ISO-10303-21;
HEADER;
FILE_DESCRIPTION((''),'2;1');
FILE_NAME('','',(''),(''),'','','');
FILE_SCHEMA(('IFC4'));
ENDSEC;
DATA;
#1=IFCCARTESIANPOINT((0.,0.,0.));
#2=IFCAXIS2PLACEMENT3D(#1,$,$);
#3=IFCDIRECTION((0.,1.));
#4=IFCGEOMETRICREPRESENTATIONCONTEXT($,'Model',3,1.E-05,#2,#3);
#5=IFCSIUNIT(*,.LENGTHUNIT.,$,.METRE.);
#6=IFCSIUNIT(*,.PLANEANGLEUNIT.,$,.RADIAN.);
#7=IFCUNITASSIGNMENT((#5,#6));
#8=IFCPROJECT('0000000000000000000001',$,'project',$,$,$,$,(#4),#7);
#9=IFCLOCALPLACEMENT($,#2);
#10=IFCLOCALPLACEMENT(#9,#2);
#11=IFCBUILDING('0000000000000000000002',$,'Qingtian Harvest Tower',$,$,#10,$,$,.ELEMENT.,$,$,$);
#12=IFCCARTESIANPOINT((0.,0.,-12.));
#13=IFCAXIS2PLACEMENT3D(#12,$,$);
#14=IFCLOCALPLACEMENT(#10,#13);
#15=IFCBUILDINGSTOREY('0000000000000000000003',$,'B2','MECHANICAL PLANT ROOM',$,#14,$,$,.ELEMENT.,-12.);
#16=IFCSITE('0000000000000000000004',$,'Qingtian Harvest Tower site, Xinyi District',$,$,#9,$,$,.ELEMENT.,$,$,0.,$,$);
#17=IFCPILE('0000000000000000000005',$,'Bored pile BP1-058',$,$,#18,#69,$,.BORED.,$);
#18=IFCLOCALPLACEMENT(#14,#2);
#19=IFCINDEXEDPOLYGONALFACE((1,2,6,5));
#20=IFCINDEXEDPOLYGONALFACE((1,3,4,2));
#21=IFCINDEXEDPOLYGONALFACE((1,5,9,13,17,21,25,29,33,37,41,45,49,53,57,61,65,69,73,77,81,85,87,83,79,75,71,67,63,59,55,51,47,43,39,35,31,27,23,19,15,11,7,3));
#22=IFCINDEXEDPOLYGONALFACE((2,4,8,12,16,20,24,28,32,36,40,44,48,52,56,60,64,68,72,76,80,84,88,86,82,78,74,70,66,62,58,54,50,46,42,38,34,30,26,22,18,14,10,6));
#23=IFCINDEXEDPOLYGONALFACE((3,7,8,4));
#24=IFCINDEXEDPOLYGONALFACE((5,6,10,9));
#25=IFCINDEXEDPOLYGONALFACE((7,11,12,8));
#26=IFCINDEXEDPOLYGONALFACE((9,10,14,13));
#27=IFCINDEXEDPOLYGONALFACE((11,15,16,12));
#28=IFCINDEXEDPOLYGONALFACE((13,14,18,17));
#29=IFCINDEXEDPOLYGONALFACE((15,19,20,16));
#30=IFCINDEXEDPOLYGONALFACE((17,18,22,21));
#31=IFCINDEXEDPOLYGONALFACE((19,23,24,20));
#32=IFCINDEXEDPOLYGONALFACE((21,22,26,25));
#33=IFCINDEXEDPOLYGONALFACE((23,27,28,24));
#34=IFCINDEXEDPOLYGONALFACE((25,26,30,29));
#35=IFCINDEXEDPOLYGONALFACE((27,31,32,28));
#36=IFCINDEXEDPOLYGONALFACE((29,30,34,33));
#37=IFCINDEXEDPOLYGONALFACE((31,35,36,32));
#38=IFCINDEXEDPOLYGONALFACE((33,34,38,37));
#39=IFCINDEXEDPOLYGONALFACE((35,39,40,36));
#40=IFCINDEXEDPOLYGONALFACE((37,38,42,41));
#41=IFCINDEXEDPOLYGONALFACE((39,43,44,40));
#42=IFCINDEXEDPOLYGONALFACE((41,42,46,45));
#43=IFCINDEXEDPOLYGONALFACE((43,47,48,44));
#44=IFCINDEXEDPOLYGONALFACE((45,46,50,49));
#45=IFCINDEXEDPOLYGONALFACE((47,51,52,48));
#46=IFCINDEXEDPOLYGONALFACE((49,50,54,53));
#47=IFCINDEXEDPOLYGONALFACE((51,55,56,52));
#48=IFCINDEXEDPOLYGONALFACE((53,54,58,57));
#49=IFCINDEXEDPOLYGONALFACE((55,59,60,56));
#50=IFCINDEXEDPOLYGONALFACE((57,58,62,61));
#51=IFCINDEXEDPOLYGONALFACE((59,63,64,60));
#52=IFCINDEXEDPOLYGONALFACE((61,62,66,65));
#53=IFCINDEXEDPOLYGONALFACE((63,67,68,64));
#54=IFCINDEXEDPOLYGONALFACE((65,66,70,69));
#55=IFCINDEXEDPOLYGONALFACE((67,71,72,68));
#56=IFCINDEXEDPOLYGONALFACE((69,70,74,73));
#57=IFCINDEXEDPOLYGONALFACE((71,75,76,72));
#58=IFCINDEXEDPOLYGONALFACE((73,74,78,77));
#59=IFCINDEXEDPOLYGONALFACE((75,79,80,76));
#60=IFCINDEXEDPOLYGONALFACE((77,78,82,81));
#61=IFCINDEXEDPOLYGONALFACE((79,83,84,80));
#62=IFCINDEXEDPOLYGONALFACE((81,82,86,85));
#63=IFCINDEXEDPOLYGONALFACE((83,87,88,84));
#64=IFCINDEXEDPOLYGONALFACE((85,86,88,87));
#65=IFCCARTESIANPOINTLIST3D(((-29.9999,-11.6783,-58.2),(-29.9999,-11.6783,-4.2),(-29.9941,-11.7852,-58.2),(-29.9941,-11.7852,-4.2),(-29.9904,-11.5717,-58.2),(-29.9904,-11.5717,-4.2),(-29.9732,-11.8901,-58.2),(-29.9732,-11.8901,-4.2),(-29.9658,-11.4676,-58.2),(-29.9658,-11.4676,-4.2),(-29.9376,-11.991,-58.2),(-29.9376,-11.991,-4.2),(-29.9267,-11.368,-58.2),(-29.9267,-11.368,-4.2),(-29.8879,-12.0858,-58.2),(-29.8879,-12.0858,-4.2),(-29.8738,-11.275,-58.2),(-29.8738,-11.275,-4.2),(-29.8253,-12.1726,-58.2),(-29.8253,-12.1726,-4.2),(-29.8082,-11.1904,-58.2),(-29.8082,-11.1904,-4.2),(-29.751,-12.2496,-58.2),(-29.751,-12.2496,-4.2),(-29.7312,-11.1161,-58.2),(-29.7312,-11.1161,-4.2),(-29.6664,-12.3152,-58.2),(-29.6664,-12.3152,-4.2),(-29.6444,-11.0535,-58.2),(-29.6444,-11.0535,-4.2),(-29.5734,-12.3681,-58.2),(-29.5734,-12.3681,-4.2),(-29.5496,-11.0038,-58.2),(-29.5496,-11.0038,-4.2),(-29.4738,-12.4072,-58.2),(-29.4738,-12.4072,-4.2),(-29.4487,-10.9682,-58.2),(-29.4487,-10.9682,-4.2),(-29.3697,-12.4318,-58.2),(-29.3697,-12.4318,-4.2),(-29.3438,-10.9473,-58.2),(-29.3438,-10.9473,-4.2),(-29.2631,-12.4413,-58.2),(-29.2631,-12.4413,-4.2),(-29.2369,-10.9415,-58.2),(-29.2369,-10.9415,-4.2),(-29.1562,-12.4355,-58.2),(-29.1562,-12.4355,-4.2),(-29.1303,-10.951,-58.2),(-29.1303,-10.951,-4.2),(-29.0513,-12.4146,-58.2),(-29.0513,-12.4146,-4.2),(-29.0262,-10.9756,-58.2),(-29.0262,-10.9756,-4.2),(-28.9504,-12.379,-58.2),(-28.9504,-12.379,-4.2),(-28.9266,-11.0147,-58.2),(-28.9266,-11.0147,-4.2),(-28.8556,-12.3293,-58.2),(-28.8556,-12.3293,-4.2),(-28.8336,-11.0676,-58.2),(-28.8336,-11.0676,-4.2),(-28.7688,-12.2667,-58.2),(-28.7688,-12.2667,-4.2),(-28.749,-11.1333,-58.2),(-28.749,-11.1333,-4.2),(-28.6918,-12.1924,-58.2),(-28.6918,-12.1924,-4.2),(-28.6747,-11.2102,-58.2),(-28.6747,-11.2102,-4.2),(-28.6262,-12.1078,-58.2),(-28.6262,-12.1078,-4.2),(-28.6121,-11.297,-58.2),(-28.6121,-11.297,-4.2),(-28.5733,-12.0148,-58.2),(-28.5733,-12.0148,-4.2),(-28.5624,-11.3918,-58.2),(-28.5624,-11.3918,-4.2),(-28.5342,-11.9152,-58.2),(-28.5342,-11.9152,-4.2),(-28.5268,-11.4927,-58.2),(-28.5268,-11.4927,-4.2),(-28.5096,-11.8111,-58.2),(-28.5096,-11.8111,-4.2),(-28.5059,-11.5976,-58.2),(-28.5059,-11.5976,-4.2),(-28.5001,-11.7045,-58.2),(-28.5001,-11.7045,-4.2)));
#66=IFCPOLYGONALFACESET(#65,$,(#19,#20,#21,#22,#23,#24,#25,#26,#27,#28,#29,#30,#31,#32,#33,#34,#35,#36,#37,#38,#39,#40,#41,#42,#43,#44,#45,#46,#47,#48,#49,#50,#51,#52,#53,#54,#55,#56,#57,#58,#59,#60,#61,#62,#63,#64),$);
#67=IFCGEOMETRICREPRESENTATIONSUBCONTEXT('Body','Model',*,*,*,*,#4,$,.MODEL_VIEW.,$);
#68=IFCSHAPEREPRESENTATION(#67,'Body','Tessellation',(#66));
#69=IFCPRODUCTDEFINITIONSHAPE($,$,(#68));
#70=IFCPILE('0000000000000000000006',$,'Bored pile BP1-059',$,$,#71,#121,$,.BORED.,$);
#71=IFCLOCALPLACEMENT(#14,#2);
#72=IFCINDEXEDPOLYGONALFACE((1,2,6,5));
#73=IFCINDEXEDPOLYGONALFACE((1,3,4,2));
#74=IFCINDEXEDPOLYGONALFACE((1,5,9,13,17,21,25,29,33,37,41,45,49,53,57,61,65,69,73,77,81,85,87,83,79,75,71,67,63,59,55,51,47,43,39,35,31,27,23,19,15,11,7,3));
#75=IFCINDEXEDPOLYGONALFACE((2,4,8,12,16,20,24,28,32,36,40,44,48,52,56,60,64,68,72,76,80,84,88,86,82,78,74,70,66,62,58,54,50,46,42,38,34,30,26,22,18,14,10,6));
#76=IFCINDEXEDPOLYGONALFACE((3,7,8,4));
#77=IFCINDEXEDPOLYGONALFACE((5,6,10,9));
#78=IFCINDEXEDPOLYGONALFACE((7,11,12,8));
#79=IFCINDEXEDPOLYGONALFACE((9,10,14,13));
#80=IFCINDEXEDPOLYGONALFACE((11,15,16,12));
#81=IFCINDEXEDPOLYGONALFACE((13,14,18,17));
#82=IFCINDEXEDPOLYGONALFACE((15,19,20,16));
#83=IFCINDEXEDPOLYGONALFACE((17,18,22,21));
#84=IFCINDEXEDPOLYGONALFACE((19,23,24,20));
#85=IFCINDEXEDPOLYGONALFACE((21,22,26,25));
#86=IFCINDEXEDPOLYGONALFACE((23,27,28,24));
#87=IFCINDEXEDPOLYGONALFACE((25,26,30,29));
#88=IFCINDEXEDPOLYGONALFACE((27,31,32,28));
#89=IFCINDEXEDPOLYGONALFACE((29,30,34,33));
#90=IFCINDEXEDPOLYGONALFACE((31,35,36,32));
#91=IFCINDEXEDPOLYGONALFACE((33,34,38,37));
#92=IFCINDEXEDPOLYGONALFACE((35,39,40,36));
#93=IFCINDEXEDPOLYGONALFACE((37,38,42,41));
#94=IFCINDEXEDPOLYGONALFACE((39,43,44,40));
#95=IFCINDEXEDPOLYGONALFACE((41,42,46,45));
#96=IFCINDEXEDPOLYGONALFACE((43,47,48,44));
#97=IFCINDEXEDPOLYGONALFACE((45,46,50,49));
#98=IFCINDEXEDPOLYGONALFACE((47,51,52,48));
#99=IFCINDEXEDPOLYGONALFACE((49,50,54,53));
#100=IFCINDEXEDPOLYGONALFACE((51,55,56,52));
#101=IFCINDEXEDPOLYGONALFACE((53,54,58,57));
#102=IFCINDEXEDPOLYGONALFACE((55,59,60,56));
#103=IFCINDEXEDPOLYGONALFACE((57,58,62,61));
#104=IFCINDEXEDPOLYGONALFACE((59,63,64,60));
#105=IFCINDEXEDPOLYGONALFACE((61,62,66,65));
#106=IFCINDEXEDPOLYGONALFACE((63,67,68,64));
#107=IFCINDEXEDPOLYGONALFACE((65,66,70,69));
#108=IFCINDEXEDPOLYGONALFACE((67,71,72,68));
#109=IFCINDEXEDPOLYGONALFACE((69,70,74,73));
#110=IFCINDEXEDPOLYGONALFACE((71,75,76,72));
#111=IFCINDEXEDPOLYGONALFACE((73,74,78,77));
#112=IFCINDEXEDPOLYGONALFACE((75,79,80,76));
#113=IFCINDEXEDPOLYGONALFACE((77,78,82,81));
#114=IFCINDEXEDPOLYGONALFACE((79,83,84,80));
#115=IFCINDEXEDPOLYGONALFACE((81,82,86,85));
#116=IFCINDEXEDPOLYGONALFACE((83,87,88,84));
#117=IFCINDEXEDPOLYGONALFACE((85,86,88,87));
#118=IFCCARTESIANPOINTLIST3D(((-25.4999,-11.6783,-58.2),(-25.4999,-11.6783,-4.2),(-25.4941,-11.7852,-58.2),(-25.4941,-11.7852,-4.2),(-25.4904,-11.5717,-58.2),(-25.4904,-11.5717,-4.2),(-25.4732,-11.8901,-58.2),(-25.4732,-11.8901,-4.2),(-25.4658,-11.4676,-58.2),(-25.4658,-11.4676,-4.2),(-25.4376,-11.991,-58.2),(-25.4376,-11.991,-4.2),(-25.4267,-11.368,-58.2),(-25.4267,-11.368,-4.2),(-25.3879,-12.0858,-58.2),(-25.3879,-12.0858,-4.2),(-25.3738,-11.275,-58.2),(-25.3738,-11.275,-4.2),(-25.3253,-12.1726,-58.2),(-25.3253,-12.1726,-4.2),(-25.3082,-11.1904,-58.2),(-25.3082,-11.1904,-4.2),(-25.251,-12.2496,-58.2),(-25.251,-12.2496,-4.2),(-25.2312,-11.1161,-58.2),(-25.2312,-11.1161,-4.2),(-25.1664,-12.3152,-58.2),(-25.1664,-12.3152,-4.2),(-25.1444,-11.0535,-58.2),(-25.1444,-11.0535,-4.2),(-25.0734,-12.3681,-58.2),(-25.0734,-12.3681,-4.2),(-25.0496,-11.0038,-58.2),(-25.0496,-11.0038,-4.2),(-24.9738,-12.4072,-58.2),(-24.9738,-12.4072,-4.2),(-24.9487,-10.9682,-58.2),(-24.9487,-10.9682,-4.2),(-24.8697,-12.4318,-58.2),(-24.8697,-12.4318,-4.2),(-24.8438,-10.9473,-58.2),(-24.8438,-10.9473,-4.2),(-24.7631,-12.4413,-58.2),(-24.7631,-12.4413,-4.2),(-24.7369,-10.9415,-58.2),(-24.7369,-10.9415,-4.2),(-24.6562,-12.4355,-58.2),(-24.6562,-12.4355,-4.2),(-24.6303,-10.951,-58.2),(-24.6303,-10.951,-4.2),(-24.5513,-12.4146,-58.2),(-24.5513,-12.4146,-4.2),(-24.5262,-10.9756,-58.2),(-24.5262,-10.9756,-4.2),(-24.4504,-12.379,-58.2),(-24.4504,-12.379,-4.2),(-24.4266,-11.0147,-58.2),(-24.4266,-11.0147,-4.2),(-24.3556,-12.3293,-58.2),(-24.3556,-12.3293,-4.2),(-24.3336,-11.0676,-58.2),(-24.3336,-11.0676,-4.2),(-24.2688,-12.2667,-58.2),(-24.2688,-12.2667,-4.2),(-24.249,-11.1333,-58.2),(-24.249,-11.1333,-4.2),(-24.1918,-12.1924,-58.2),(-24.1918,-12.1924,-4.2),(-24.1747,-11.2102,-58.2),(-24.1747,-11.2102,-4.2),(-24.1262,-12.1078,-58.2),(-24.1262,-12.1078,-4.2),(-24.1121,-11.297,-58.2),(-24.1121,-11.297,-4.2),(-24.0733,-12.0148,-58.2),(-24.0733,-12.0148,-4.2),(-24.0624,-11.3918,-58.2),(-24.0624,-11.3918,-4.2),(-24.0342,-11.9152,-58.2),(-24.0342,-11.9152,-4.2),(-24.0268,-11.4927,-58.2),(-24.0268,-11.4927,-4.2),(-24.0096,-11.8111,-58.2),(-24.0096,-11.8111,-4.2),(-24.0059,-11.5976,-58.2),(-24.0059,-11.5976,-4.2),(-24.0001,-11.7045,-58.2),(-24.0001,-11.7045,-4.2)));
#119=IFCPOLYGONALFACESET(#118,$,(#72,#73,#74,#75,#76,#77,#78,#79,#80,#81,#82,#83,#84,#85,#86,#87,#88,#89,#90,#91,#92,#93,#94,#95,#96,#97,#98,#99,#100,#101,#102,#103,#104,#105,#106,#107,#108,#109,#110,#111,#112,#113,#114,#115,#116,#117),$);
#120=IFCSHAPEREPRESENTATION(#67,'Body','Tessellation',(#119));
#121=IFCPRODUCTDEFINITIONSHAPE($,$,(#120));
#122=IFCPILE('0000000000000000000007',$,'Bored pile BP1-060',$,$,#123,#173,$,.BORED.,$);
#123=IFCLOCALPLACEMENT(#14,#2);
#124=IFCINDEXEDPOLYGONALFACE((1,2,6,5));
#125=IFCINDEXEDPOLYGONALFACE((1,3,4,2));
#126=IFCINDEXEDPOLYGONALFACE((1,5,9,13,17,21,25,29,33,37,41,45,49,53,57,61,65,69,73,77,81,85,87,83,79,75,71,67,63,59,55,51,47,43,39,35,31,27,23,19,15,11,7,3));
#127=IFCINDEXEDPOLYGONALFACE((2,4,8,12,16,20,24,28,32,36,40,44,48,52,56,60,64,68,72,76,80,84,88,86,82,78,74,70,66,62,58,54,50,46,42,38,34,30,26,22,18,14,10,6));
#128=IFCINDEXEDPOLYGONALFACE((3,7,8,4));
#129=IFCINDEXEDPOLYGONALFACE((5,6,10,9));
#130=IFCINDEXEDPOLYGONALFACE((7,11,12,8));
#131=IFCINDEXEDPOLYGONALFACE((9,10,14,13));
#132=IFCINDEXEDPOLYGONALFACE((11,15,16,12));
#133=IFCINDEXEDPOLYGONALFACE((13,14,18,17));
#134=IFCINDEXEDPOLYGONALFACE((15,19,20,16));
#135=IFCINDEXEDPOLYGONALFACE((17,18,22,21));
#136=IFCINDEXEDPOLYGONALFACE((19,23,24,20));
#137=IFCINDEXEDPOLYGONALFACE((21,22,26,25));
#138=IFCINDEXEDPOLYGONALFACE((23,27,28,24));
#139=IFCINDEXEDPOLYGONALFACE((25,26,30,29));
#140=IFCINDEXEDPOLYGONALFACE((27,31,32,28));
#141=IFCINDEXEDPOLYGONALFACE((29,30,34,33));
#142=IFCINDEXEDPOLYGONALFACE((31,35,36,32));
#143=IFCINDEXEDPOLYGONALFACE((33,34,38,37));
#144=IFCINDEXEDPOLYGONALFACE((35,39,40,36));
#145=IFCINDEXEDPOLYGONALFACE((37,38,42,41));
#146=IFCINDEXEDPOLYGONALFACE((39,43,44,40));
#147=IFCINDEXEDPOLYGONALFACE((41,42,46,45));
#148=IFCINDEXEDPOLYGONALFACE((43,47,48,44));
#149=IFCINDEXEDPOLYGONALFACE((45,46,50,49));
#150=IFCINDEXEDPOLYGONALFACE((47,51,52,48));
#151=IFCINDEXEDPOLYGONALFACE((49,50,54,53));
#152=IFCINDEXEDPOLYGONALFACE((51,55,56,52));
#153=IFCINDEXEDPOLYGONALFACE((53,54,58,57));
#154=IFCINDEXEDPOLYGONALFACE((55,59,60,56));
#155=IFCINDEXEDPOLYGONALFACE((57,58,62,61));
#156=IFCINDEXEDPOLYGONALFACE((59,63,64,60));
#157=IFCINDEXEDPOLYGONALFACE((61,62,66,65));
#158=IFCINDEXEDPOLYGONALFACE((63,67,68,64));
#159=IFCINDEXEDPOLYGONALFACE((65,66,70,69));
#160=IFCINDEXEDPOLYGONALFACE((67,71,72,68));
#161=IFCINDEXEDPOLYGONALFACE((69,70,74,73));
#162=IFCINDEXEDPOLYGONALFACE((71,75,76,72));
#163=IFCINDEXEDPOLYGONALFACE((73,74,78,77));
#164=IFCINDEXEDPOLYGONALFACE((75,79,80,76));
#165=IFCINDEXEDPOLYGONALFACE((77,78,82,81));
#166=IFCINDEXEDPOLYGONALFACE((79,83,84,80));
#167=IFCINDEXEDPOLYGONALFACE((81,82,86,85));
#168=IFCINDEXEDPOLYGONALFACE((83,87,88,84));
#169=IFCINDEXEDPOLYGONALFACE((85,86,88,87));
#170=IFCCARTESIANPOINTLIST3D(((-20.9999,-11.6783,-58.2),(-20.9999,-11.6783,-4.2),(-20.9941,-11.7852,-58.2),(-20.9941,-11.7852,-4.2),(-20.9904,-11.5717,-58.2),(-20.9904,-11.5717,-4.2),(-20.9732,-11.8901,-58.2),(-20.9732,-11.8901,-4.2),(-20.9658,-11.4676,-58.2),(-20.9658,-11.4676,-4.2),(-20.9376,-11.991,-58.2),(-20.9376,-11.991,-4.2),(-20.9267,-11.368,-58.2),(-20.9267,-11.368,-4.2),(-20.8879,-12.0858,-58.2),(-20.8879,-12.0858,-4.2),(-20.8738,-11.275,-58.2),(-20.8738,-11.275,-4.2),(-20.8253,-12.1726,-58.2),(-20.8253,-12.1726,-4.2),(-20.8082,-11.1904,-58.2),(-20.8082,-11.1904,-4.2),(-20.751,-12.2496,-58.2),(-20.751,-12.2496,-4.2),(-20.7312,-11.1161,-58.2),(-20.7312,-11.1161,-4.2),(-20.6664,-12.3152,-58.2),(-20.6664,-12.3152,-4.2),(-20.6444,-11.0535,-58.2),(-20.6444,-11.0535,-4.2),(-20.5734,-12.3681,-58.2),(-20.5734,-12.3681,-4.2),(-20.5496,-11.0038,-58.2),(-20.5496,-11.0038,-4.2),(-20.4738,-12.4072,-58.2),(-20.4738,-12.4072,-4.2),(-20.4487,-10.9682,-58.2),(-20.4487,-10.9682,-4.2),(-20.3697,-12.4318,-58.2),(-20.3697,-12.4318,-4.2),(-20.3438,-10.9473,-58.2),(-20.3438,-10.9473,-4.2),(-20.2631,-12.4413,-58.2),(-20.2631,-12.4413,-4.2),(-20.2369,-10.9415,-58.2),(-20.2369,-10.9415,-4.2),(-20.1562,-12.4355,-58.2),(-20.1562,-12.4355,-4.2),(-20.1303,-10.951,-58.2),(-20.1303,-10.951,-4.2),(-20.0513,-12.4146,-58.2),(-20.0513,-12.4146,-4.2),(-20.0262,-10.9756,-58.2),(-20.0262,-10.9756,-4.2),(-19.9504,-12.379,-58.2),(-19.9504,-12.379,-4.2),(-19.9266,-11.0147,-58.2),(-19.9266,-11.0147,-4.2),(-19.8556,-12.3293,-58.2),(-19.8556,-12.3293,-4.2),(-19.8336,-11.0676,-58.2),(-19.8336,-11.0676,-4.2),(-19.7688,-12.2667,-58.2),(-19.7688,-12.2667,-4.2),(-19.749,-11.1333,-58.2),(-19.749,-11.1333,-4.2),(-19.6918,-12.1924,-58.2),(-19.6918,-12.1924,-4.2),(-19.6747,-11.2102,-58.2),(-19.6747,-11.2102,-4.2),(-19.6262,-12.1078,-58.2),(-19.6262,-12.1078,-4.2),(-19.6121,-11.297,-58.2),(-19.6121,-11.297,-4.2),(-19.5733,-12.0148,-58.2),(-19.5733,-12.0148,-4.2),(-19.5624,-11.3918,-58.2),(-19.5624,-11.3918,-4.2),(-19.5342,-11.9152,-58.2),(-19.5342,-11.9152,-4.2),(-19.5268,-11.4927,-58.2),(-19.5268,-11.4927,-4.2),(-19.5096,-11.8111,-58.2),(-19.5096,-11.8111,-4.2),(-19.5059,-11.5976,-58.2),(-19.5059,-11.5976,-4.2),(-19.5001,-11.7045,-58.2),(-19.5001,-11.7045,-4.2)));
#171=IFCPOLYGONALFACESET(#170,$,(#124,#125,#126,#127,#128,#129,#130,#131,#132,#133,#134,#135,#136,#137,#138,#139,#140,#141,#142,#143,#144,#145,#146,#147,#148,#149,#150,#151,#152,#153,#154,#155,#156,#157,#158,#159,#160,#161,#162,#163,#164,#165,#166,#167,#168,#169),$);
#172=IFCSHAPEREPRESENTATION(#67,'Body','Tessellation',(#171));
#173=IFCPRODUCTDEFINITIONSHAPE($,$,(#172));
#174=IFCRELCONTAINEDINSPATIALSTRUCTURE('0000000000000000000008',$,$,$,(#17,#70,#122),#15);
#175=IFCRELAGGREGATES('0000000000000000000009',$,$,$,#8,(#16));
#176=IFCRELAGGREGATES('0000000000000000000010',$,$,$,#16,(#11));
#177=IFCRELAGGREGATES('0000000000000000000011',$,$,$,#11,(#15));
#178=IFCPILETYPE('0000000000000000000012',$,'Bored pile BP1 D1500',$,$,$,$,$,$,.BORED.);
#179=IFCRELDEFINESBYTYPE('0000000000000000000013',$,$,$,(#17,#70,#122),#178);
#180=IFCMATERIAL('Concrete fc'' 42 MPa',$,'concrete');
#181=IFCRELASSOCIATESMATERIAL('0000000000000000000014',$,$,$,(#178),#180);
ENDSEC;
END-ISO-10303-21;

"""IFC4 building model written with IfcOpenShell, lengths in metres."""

from ifc_helpers import new_model, si_unit, direction, frame, frame_2d, origin, place, context, subcontext, project, spatial, circle, extrude, material, material_profile, profile_set, type_object, element, save


model = new_model("IFC4")

# Units and contexts
model_context = context("Model", 3, precision=1e-05, world=origin(), true_north=direction((0.0, 1.0)))
body_context = subcontext(model_context, "Body", "Model", "MODEL_VIEW")
ifc_project = project(units=[si_unit("LENGTHUNIT", "METRE"), si_unit("PLANEANGLEUNIT", "RADIAN")], contexts=[model_context])

# Site, building, storey
site_placement = place(None, origin())
site = spatial("IfcSite", under=ifc_project, at=site_placement, Name="Qingtian Harvest Tower site, Xinyi District", CompositionType="ELEMENT", RefElevation=0.0)
building_placement = place(site_placement, origin())
building = spatial("IfcBuilding", under=site, at=building_placement, Name="Qingtian Harvest Tower", CompositionType="ELEMENT")
storey_placement = place(building_placement, frame((0.0, 0.0, -12.0)))
storey = spatial("IfcBuildingStorey", under=building, at=storey_placement, Name="B2", Description="MECHANICAL PLANT ROOM", CompositionType="ELEMENT", Elevation=-12.0)

# Piles
ifc_material_1 = material(Name="Concrete fc' 42 MPa", Category="concrete")
ifc_material_profile_1 = material_profile(ifc_material_1, circle(Radius=0.75, at=frame_2d((0.0, 0.0), x_axis=(0.999848, 0.017452))), Name="Bored pile BP1 D1500")
ifc_profile_set_1 = profile_set([ifc_material_profile_1], Name="Concrete fc' 42 MPa")
pile_type = type_object("IfcPileType", Name="Bored pile BP1 D1500", PredefinedType="BORED", material=ifc_profile_set_1)
for number, where, z_axis, x_axis, name in (
    (1, (-29.25, -11.6914, -4.2), (0.0, 0.0, -1.0), (1.0, 0.0, 0.0), "Bored pile BP1-058"),
    (2, (-24.75, -11.6914, -4.2), (0.0, 0.0, -1.0), (1.0, 0.0, 0.0), "Bored pile BP1-059"),
    (3, (-20.25, -11.6914, -4.2), (0.0, 0.0, -1.0), (1.0, 0.0, 0.0), "Bored pile BP1-060"),
):
    element("IfcPile", number, at=place(storey_placement, frame(where, z_axis=z_axis, x_axis=x_axis)), inside=storey, type_object=pile_type, Name=name, PredefinedType="BORED", context=body_context, shape_type="SweptSolid", body=[
        extrude(circle(Radius=0.75, at=frame_2d((0.0, 0.0), x_axis=(0.999848, 0.017452))), origin(), (0.0, 0.0, 1.0), 54.0),
    ])

save(model, "model.ifc")
